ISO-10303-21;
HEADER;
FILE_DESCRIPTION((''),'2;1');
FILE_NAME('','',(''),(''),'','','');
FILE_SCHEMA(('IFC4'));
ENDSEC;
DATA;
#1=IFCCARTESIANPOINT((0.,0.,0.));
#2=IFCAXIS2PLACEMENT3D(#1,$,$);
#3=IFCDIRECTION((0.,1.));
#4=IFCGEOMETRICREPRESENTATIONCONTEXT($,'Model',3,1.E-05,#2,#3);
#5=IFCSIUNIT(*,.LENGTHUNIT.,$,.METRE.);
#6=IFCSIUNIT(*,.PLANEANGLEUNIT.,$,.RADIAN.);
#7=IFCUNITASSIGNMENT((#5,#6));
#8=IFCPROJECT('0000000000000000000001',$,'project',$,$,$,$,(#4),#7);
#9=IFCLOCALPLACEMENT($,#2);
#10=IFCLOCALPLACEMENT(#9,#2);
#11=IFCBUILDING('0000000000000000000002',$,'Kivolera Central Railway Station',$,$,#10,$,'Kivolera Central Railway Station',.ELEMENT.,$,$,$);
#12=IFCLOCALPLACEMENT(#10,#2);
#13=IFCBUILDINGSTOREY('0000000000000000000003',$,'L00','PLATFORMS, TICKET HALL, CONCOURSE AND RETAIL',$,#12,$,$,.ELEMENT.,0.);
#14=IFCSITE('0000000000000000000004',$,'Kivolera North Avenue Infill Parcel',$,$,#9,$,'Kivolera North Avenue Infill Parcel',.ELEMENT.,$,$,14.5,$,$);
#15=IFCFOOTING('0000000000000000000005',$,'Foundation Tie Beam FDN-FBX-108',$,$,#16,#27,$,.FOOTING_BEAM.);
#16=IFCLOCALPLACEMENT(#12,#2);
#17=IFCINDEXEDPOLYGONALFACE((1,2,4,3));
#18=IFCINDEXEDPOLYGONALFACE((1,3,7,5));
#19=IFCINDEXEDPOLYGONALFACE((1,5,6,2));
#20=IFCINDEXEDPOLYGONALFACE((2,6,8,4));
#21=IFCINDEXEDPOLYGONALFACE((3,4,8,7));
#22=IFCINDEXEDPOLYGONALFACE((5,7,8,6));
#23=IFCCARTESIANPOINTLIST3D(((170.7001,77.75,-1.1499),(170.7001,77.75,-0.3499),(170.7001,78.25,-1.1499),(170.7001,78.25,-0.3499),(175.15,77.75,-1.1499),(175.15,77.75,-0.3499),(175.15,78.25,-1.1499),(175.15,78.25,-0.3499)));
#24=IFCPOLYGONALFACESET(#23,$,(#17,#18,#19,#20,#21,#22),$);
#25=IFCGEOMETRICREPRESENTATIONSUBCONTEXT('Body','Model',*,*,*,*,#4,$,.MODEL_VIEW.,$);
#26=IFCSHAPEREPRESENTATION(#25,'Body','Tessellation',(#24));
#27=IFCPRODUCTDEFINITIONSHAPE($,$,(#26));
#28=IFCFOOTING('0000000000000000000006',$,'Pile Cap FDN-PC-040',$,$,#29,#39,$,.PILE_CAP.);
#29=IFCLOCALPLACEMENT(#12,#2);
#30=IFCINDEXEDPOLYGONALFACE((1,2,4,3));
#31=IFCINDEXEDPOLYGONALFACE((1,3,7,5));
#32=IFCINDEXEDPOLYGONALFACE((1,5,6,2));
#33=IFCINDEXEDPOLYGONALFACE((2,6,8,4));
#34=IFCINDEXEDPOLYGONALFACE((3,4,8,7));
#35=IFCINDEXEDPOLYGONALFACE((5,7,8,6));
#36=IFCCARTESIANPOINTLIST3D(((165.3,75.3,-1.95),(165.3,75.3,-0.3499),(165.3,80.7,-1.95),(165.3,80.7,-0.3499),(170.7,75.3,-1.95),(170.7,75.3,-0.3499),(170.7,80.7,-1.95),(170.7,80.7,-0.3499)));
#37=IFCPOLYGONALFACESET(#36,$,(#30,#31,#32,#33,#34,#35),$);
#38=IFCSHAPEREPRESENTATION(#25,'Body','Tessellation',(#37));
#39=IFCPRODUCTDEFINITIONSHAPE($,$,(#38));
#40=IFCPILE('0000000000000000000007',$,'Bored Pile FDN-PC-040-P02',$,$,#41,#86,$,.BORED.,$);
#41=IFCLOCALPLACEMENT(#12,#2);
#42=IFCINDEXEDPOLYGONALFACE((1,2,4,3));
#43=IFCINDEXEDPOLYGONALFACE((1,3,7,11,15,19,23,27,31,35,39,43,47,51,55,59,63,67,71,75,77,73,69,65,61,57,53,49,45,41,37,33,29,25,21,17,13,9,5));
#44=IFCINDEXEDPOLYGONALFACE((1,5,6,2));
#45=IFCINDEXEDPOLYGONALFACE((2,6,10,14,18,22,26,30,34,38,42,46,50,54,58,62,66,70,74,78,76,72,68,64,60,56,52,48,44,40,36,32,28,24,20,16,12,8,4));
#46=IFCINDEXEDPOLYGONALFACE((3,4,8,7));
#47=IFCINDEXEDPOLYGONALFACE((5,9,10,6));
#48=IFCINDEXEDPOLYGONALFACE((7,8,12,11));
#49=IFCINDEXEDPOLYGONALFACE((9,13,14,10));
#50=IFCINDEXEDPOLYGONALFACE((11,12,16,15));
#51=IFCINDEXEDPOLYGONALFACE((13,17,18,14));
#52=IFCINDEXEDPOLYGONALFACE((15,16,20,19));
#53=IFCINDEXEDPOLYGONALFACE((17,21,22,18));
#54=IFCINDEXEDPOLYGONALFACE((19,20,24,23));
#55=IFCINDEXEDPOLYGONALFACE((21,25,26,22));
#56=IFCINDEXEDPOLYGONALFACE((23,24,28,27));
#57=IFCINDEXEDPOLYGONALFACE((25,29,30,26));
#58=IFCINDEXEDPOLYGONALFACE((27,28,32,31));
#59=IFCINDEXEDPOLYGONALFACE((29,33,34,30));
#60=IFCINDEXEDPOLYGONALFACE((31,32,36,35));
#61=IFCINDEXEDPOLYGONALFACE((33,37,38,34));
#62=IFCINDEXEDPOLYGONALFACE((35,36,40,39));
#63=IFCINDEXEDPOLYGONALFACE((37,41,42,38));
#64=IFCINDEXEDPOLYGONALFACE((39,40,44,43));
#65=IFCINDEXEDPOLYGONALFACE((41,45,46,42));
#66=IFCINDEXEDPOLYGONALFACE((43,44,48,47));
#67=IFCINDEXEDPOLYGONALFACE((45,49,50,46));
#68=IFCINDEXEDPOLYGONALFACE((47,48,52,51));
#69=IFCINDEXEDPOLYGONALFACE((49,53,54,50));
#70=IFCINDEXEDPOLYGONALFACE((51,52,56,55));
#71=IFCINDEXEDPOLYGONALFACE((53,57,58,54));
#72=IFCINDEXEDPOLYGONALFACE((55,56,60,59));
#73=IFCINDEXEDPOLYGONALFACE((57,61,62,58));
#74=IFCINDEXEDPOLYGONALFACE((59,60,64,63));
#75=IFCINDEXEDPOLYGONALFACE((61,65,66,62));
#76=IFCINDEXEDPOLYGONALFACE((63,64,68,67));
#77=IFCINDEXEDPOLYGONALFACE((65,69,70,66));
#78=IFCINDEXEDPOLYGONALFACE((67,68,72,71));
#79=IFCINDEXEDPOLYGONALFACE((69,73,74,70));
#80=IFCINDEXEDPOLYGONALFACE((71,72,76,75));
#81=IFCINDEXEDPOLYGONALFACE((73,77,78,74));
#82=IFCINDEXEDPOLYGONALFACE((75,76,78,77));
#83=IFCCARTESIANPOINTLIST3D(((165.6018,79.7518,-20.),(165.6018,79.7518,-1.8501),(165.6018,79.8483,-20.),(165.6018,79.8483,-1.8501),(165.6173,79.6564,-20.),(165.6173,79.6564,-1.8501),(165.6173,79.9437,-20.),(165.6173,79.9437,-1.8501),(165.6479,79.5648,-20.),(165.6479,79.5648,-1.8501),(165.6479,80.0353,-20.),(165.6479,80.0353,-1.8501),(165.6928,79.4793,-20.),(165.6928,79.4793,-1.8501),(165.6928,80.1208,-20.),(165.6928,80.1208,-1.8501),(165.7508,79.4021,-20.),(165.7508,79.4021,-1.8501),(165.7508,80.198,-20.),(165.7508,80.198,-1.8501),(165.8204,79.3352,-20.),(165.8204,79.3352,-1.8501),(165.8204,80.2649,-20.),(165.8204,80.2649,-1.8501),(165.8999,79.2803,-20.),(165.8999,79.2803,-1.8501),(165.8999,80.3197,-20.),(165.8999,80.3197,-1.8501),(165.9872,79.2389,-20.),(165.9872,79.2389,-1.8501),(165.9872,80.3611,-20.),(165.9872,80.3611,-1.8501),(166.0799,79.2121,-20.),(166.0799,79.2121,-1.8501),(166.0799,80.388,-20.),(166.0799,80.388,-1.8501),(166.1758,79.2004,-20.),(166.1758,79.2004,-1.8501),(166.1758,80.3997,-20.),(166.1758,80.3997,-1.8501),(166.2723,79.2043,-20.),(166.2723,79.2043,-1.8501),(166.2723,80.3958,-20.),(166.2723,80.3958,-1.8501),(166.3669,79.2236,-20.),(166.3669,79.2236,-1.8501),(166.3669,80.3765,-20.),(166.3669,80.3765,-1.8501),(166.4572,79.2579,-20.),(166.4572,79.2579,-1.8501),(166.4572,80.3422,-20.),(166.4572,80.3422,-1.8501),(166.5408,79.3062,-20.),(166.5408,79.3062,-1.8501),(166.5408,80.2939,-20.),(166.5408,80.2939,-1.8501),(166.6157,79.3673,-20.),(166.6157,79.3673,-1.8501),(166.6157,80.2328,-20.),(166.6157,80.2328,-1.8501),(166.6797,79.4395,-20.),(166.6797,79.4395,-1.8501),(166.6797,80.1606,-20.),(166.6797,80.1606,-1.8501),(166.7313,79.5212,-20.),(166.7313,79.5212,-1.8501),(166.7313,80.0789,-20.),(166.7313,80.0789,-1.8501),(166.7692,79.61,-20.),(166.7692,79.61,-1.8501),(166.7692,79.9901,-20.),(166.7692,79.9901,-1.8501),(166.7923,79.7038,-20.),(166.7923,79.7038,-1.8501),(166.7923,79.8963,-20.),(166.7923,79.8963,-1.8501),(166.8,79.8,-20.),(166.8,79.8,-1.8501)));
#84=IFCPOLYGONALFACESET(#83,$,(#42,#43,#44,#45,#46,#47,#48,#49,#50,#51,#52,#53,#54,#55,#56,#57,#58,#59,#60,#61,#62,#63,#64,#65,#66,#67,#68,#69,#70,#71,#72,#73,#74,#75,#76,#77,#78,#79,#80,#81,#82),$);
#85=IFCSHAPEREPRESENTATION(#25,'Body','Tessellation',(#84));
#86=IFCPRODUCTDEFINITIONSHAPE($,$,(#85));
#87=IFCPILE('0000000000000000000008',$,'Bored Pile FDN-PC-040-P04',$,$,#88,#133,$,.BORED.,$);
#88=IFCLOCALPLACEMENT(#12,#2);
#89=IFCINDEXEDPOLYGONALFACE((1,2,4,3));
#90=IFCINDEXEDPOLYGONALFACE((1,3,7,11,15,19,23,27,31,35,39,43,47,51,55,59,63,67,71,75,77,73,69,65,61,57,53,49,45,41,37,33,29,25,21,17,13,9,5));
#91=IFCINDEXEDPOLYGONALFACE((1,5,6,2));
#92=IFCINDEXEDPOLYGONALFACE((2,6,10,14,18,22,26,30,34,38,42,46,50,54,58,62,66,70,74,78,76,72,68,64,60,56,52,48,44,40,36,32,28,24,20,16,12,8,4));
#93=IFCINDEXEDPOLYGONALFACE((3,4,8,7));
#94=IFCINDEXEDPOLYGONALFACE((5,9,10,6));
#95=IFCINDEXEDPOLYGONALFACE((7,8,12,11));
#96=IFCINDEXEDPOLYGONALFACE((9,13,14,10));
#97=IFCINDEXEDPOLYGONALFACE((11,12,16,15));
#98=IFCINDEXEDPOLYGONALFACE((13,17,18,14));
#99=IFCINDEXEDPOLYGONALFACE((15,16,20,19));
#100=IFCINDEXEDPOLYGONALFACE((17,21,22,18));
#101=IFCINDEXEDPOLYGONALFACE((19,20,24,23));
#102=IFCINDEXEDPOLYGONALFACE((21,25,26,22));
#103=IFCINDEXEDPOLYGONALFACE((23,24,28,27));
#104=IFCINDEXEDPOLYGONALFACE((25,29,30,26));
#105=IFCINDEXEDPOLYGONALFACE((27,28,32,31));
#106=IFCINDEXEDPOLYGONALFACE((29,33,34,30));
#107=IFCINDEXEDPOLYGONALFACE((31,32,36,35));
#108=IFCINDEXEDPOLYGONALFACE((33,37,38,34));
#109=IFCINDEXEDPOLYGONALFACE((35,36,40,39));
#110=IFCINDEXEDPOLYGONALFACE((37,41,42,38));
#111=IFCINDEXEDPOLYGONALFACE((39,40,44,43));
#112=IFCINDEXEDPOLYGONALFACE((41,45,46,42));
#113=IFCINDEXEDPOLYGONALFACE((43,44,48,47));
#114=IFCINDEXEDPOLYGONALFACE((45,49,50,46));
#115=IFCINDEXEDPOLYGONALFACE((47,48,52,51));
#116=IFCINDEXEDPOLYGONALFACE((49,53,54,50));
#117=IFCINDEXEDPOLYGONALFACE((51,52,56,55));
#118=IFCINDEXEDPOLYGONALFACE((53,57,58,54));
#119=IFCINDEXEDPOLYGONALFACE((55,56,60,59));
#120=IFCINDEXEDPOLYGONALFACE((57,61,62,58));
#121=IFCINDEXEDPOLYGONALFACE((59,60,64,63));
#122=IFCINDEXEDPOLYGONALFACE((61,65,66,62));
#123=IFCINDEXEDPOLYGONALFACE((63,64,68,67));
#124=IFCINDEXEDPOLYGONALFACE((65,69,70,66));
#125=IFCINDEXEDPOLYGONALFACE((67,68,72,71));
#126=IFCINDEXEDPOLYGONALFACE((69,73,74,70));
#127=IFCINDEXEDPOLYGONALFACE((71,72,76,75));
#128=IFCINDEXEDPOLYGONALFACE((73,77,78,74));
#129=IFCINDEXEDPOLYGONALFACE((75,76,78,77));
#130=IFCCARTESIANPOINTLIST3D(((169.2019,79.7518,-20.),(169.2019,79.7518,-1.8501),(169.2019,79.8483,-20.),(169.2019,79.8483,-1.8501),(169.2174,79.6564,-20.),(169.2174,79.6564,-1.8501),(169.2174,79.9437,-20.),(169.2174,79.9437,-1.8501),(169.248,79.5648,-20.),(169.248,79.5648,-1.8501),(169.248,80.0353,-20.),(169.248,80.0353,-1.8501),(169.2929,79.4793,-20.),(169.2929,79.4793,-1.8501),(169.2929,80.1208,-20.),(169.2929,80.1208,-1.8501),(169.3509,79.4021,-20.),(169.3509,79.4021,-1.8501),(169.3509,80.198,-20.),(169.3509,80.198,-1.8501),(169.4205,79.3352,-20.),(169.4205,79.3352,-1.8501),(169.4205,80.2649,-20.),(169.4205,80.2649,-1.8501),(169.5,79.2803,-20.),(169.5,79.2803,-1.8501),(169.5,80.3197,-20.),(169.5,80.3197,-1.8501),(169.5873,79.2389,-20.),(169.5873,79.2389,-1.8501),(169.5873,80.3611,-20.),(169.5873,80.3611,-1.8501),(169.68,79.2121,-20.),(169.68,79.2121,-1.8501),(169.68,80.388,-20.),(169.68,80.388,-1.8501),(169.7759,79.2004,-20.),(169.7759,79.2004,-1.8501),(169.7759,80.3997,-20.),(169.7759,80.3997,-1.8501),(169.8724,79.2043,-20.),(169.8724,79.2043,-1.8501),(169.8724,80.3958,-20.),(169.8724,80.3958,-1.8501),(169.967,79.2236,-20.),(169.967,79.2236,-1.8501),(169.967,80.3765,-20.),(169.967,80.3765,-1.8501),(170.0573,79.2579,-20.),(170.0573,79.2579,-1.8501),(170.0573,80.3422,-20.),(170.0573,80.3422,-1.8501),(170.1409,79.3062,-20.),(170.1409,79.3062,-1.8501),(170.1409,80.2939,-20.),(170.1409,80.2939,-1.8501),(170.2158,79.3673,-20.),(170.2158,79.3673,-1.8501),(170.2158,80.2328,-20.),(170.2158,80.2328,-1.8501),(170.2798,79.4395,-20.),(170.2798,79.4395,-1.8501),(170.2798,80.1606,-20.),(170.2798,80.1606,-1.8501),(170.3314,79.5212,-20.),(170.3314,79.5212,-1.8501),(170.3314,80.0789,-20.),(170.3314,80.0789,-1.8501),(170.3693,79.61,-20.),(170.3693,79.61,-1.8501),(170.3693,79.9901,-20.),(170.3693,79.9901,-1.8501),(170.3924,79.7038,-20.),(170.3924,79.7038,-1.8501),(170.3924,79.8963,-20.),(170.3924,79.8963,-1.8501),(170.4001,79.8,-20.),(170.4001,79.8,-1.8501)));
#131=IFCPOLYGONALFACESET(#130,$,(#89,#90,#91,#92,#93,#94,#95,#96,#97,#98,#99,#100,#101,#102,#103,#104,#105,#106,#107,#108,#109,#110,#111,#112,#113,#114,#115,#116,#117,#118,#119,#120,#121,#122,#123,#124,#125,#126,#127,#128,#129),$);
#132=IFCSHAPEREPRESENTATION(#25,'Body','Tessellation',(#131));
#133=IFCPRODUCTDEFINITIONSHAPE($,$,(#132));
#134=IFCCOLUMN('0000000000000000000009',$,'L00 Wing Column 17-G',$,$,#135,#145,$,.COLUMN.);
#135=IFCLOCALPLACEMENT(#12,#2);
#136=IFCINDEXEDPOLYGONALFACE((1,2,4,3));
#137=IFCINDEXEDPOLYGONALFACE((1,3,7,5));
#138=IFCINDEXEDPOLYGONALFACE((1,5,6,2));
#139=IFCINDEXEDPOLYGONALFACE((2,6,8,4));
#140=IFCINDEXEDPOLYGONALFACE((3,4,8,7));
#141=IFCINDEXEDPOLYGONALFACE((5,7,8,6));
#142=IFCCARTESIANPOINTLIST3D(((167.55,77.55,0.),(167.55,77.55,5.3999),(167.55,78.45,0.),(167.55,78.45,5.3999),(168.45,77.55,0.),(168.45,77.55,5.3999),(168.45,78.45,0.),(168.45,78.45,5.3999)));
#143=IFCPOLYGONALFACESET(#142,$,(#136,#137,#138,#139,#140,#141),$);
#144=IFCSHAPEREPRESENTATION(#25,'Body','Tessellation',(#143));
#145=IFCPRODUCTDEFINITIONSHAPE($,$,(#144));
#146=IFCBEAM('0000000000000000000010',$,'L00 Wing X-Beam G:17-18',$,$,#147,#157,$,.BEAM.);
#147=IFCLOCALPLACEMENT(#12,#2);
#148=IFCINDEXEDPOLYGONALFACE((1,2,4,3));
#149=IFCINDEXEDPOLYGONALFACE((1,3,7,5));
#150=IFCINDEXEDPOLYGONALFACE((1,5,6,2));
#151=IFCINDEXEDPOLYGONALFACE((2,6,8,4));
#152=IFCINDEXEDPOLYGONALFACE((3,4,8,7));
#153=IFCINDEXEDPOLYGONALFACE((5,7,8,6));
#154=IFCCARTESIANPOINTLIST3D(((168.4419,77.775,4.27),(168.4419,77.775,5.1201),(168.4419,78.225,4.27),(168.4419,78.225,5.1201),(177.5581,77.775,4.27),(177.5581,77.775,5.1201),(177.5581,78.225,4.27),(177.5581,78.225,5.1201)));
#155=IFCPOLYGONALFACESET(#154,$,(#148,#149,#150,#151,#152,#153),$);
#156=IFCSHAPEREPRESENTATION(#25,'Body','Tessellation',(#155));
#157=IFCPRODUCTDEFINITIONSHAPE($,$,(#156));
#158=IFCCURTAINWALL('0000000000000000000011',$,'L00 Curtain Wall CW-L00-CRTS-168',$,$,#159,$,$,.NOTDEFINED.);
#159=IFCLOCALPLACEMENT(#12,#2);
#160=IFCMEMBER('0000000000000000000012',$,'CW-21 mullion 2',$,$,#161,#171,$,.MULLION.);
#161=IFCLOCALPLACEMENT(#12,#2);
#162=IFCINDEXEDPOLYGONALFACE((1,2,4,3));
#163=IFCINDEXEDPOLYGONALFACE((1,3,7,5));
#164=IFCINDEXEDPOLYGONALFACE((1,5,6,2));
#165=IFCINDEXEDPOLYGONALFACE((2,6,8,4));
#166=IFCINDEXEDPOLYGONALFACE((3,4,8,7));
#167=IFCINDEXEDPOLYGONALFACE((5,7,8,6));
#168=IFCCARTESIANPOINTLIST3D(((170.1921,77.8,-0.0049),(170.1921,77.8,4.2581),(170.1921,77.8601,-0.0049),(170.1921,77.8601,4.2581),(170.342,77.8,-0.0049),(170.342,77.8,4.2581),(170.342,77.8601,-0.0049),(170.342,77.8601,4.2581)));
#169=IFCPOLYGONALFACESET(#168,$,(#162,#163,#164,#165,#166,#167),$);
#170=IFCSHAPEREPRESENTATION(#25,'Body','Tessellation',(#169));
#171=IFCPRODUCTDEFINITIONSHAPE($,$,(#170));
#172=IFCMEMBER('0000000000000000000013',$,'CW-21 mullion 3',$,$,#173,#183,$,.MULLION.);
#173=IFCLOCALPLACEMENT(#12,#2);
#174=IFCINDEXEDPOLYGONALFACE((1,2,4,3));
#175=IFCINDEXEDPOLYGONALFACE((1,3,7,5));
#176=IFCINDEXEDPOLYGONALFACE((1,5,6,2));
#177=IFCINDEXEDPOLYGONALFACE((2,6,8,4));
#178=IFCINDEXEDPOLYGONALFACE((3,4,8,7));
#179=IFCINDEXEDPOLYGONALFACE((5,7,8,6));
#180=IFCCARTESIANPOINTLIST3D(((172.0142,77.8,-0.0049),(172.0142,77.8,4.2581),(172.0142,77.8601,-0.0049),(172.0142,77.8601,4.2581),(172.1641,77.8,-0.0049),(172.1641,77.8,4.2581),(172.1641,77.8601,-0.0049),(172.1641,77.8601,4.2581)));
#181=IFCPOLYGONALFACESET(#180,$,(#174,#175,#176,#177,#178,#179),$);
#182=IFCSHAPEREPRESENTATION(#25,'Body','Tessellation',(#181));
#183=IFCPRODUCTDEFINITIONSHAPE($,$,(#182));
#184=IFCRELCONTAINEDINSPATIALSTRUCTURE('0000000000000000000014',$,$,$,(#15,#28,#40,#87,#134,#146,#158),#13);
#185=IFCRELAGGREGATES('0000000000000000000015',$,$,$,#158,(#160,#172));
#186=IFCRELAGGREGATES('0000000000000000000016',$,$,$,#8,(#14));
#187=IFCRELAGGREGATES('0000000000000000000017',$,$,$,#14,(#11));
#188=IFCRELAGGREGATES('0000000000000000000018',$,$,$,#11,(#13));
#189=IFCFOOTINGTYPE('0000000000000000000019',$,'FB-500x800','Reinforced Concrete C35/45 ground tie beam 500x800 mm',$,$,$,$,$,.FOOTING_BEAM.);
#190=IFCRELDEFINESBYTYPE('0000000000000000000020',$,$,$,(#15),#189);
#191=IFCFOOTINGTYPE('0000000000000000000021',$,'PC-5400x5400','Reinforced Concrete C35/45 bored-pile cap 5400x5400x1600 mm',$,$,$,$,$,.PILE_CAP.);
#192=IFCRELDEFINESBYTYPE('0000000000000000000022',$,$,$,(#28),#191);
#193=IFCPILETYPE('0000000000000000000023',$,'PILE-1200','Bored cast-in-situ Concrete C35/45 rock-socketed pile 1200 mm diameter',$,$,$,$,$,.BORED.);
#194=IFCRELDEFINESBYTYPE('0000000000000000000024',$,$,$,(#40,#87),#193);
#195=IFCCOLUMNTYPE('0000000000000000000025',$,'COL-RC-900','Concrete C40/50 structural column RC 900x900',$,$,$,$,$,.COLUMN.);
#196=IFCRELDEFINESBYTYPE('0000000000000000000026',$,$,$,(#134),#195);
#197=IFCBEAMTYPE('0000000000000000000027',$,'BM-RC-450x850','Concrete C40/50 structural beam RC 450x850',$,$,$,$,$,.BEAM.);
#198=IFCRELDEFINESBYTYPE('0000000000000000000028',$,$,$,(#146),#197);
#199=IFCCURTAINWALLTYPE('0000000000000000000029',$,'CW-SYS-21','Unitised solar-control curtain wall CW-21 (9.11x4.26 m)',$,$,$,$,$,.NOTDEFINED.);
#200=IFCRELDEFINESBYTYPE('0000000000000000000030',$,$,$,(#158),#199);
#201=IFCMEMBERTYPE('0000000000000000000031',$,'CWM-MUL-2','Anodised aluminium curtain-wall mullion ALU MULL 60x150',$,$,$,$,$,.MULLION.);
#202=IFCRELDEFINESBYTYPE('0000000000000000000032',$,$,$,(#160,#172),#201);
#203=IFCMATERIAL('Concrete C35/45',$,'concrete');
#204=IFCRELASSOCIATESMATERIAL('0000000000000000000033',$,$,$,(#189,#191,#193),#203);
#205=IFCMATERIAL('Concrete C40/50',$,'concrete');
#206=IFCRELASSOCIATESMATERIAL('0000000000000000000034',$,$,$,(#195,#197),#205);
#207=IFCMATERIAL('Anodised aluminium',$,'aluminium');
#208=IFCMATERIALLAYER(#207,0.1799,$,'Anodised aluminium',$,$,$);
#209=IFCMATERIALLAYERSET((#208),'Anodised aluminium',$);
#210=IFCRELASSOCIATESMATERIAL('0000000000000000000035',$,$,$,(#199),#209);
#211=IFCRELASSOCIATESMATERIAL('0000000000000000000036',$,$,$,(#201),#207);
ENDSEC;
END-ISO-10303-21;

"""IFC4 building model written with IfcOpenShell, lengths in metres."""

from ifc_helpers import new_model, si_unit, direction, frame, origin, origin_2d, place, context, subcontext, project, spatial, rectangle, circle, extrude, material, layer, layer_set, material_profile, profile_set, type_object, element, aggregate, save


model = new_model("IFC4")

# Units and contexts
model_context = context("Model", 3, precision=1e-05, world=origin(), true_north=direction((0.0, 1.0)))
body_context = subcontext(model_context, "Body", "Model", "MODEL_VIEW")
ifc_project = project(units=[si_unit("LENGTHUNIT", "METRE"), si_unit("PLANEANGLEUNIT", "RADIAN")], contexts=[model_context])

# Site, building, storey
site_placement = place(None, origin())
site = spatial("IfcSite", under=ifc_project, at=site_placement, Name="Kivolera North Avenue Infill Parcel", LongName="Kivolera North Avenue Infill Parcel", CompositionType="ELEMENT", RefElevation=14.5)
building_placement = place(site_placement, origin())
building = spatial("IfcBuilding", under=site, at=building_placement, Name="Kivolera Central Railway Station", LongName="Kivolera Central Railway Station", CompositionType="ELEMENT")
storey_placement = place(building_placement, origin())
storey = spatial("IfcBuildingStorey", under=building, at=storey_placement, Name="L00", Description="PLATFORMS, TICKET HALL, CONCOURSE AND RETAIL", CompositionType="ELEMENT", Elevation=0.0)

# Footings
ifc_material_1 = material(Name="Concrete C35/45", Category="concrete")
footing_type_1 = type_object("IfcFootingType", Name="FB-500x800", Description="Reinforced Concrete C35/45 ground tie beam 500x800 mm", PredefinedType="FOOTING_BEAM", material=ifc_material_1)
footing_1_placement = place(storey_placement, frame((172.925, 78.0, -1.1499), z_axis=(0.0, 0.0, 1.0), x_axis=(1.0, 0.0, 0.0)))
element("IfcFooting", 1, at=footing_1_placement, inside=storey, type_object=footing_type_1, Name="Foundation Tie Beam FDN-FBX-108", PredefinedType="FOOTING_BEAM", context=body_context, shape_type="SweptSolid", body=[
    extrude(rectangle(XDim=4.45, YDim=0.5, at=origin_2d()), origin(), (0.0, 0.0, 1.0), 0.8),
])
footing_type_2 = type_object("IfcFootingType", Name="PC-5400x5400", Description="Reinforced Concrete C35/45 bored-pile cap 5400x5400x1600 mm", PredefinedType="PILE_CAP", material=ifc_material_1)
footing_2_placement = place(storey_placement, frame((168.0, 78.0, -1.95), z_axis=(0.0, 0.0, 1.0), x_axis=(1.0, 0.0, 0.0)))
element("IfcFooting", 2, at=footing_2_placement, inside=storey, type_object=footing_type_2, Name="Pile Cap FDN-PC-040", PredefinedType="PILE_CAP", context=body_context, shape_type="SweptSolid", body=[
    extrude(rectangle(XDim=5.3999, YDim=5.3999, at=origin_2d()), origin(), (0.0, 0.0, 1.0), 1.6001),
])

# Piles
ifc_material_profile_1 = material_profile(ifc_material_1, circle(Radius=0.6001, at=origin_2d()), Name="PILE D1200")
ifc_profile_set_1 = profile_set([ifc_material_profile_1], Name="Concrete C35/45")
pile_type = type_object("IfcPileType", Name="PILE-1200", Description="Bored cast-in-situ Concrete C35/45 rock-socketed pile 1200 mm diameter", PredefinedType="BORED", material=ifc_profile_set_1)
for number, where, z_axis, x_axis, name in (
    (3, (166.2, 79.8, -1.8501), (0.0, 0.0, -1.0), (1.0, 0.0, 0.0), "Bored Pile FDN-PC-040-P02"),
    (4, (169.8, 79.8, -1.8501), (0.0, 0.0, -1.0), (1.0, 0.0, 0.0), "Bored Pile FDN-PC-040-P04"),
):
    element("IfcPile", number, at=place(storey_placement, frame(where, z_axis=z_axis, x_axis=x_axis)), inside=storey, type_object=pile_type, Name=name, PredefinedType="BORED", context=body_context, shape_type="SweptSolid", body=[
        extrude(circle(Radius=0.6001, at=origin_2d()), origin(), (0.0, 0.0, 1.0), 18.1499),
    ])

# Column
ifc_material_2 = material(Name="Concrete C40/50", Category="concrete")
ifc_material_profile_2 = material_profile(ifc_material_2, rectangle(XDim=0.8999, YDim=0.8999, at=origin_2d()), Name="RC 900x900")
ifc_profile_set_2 = profile_set([ifc_material_profile_2], Name="Concrete C40/50")
column_type = type_object("IfcColumnType", Name="COL-RC-900", Description="Concrete C40/50 structural column RC 900x900", PredefinedType="COLUMN", material=ifc_profile_set_2)
column_placement = place(storey_placement, frame((168.0, 78.0, 0.0), z_axis=(0.0, 0.0, 1.0), x_axis=(1.0, 0.0, 0.0)))
element("IfcColumn", 5, at=column_placement, inside=storey, type_object=column_type, Name="L00 Wing Column 17-G", PredefinedType="COLUMN", context=body_context, shape_type="SweptSolid", body=[
    extrude(rectangle(XDim=0.8999, YDim=0.8999, at=origin_2d()), origin(), (0.0, 0.0, 1.0), 5.3999),
])

# Beam
ifc_material_profile_3 = material_profile(ifc_material_2, rectangle(XDim=0.45, YDim=0.8501, at=origin_2d()), Name="RC 450x850")
ifc_profile_set_3 = profile_set([ifc_material_profile_3], Name="Concrete C40/50")
beam_type = type_object("IfcBeamType", Name="BM-RC-450x850", Description="Concrete C40/50 structural beam RC 450x850", PredefinedType="BEAM", material=ifc_profile_set_3)
beam_placement = place(storey_placement, frame((168.4419, 78.0, 4.6951), z_axis=(1.0, 0.0, 0.0), x_axis=(0.0, 1.0, 0.0)))
element("IfcBeam", 6, at=beam_placement, inside=storey, type_object=beam_type, Name="L00 Wing X-Beam G:17-18", PredefinedType="BEAM", context=body_context, shape_type="SweptSolid", body=[
    extrude(rectangle(XDim=0.45, YDim=0.8501, at=origin_2d()), origin(), (0.0, 0.0, 1.0), 9.1162),
])

# Curtain wall, members
ifc_material_3 = material(Name="Anodised aluminium", Category="aluminium")
ifc_layer_1 = layer(ifc_material_3, 0.1799, Name="Anodised aluminium")
ifc_layer_set_1 = layer_set([ifc_layer_1], Name="Anodised aluminium")
curtain_wall_type = type_object("IfcCurtainWallType", Name="CW-SYS-21", Description="Unitised solar-control curtain wall CW-21 (9.11x4.26 m)", PredefinedType="NOTDEFINED", material=ifc_layer_set_1)
curtain_wall_placement = place(storey_placement, origin())
curtain_wall = element("IfcCurtainWall", 7, at=curtain_wall_placement, inside=storey, type_object=curtain_wall_type, Name="L00 Curtain Wall CW-L00-CRTS-168", PredefinedType="NOTDEFINED")
ifc_material_profile_4 = material_profile(ifc_material_3, rectangle(XDim=0.0601, YDim=0.1499, at=origin_2d()), Name="ALU MULL 60x150")
ifc_profile_set_4 = profile_set([ifc_material_profile_4], Name="Anodised aluminium")
member_type_1 = type_object("IfcMemberType", Name="CWM-MUL-2", Description="Anodised aluminium curtain-wall mullion ALU MULL 60x150", PredefinedType="MULLION", material=ifc_profile_set_4)
member_1_placement = place(storey_placement, frame((170.2671, 77.8301, -0.0049), z_axis=(0.0, 0.0, 1.0), x_axis=(0.0, 1.0, 0.0)))
member_1 = element("IfcMember", 8, at=member_1_placement, type_object=member_type_1, Name="CW-21 mullion 2", PredefinedType="MULLION", context=body_context, shape_type="SweptSolid", body=[
    extrude(rectangle(XDim=0.0601, YDim=0.1499, at=origin_2d()), origin(), (0.0, 0.0, 1.0), 4.2629),
])
member_2_placement = place(storey_placement, frame((172.0891, 77.8301, -0.0049), z_axis=(0.0, 0.0, 1.0), x_axis=(0.0, 1.0, 0.0)))
member_2 = element("IfcMember", 9, at=member_2_placement, type_object=member_type_1, Name="CW-21 mullion 3", PredefinedType="MULLION", context=body_context, shape_type="SweptSolid", body=[
    extrude(rectangle(XDim=0.0601, YDim=0.1499, at=origin_2d()), origin(), (0.0, 0.0, 1.0), 4.2629),
])
aggregate(curtain_wall, [member_1, member_2])

save(model, "model.ifc")
